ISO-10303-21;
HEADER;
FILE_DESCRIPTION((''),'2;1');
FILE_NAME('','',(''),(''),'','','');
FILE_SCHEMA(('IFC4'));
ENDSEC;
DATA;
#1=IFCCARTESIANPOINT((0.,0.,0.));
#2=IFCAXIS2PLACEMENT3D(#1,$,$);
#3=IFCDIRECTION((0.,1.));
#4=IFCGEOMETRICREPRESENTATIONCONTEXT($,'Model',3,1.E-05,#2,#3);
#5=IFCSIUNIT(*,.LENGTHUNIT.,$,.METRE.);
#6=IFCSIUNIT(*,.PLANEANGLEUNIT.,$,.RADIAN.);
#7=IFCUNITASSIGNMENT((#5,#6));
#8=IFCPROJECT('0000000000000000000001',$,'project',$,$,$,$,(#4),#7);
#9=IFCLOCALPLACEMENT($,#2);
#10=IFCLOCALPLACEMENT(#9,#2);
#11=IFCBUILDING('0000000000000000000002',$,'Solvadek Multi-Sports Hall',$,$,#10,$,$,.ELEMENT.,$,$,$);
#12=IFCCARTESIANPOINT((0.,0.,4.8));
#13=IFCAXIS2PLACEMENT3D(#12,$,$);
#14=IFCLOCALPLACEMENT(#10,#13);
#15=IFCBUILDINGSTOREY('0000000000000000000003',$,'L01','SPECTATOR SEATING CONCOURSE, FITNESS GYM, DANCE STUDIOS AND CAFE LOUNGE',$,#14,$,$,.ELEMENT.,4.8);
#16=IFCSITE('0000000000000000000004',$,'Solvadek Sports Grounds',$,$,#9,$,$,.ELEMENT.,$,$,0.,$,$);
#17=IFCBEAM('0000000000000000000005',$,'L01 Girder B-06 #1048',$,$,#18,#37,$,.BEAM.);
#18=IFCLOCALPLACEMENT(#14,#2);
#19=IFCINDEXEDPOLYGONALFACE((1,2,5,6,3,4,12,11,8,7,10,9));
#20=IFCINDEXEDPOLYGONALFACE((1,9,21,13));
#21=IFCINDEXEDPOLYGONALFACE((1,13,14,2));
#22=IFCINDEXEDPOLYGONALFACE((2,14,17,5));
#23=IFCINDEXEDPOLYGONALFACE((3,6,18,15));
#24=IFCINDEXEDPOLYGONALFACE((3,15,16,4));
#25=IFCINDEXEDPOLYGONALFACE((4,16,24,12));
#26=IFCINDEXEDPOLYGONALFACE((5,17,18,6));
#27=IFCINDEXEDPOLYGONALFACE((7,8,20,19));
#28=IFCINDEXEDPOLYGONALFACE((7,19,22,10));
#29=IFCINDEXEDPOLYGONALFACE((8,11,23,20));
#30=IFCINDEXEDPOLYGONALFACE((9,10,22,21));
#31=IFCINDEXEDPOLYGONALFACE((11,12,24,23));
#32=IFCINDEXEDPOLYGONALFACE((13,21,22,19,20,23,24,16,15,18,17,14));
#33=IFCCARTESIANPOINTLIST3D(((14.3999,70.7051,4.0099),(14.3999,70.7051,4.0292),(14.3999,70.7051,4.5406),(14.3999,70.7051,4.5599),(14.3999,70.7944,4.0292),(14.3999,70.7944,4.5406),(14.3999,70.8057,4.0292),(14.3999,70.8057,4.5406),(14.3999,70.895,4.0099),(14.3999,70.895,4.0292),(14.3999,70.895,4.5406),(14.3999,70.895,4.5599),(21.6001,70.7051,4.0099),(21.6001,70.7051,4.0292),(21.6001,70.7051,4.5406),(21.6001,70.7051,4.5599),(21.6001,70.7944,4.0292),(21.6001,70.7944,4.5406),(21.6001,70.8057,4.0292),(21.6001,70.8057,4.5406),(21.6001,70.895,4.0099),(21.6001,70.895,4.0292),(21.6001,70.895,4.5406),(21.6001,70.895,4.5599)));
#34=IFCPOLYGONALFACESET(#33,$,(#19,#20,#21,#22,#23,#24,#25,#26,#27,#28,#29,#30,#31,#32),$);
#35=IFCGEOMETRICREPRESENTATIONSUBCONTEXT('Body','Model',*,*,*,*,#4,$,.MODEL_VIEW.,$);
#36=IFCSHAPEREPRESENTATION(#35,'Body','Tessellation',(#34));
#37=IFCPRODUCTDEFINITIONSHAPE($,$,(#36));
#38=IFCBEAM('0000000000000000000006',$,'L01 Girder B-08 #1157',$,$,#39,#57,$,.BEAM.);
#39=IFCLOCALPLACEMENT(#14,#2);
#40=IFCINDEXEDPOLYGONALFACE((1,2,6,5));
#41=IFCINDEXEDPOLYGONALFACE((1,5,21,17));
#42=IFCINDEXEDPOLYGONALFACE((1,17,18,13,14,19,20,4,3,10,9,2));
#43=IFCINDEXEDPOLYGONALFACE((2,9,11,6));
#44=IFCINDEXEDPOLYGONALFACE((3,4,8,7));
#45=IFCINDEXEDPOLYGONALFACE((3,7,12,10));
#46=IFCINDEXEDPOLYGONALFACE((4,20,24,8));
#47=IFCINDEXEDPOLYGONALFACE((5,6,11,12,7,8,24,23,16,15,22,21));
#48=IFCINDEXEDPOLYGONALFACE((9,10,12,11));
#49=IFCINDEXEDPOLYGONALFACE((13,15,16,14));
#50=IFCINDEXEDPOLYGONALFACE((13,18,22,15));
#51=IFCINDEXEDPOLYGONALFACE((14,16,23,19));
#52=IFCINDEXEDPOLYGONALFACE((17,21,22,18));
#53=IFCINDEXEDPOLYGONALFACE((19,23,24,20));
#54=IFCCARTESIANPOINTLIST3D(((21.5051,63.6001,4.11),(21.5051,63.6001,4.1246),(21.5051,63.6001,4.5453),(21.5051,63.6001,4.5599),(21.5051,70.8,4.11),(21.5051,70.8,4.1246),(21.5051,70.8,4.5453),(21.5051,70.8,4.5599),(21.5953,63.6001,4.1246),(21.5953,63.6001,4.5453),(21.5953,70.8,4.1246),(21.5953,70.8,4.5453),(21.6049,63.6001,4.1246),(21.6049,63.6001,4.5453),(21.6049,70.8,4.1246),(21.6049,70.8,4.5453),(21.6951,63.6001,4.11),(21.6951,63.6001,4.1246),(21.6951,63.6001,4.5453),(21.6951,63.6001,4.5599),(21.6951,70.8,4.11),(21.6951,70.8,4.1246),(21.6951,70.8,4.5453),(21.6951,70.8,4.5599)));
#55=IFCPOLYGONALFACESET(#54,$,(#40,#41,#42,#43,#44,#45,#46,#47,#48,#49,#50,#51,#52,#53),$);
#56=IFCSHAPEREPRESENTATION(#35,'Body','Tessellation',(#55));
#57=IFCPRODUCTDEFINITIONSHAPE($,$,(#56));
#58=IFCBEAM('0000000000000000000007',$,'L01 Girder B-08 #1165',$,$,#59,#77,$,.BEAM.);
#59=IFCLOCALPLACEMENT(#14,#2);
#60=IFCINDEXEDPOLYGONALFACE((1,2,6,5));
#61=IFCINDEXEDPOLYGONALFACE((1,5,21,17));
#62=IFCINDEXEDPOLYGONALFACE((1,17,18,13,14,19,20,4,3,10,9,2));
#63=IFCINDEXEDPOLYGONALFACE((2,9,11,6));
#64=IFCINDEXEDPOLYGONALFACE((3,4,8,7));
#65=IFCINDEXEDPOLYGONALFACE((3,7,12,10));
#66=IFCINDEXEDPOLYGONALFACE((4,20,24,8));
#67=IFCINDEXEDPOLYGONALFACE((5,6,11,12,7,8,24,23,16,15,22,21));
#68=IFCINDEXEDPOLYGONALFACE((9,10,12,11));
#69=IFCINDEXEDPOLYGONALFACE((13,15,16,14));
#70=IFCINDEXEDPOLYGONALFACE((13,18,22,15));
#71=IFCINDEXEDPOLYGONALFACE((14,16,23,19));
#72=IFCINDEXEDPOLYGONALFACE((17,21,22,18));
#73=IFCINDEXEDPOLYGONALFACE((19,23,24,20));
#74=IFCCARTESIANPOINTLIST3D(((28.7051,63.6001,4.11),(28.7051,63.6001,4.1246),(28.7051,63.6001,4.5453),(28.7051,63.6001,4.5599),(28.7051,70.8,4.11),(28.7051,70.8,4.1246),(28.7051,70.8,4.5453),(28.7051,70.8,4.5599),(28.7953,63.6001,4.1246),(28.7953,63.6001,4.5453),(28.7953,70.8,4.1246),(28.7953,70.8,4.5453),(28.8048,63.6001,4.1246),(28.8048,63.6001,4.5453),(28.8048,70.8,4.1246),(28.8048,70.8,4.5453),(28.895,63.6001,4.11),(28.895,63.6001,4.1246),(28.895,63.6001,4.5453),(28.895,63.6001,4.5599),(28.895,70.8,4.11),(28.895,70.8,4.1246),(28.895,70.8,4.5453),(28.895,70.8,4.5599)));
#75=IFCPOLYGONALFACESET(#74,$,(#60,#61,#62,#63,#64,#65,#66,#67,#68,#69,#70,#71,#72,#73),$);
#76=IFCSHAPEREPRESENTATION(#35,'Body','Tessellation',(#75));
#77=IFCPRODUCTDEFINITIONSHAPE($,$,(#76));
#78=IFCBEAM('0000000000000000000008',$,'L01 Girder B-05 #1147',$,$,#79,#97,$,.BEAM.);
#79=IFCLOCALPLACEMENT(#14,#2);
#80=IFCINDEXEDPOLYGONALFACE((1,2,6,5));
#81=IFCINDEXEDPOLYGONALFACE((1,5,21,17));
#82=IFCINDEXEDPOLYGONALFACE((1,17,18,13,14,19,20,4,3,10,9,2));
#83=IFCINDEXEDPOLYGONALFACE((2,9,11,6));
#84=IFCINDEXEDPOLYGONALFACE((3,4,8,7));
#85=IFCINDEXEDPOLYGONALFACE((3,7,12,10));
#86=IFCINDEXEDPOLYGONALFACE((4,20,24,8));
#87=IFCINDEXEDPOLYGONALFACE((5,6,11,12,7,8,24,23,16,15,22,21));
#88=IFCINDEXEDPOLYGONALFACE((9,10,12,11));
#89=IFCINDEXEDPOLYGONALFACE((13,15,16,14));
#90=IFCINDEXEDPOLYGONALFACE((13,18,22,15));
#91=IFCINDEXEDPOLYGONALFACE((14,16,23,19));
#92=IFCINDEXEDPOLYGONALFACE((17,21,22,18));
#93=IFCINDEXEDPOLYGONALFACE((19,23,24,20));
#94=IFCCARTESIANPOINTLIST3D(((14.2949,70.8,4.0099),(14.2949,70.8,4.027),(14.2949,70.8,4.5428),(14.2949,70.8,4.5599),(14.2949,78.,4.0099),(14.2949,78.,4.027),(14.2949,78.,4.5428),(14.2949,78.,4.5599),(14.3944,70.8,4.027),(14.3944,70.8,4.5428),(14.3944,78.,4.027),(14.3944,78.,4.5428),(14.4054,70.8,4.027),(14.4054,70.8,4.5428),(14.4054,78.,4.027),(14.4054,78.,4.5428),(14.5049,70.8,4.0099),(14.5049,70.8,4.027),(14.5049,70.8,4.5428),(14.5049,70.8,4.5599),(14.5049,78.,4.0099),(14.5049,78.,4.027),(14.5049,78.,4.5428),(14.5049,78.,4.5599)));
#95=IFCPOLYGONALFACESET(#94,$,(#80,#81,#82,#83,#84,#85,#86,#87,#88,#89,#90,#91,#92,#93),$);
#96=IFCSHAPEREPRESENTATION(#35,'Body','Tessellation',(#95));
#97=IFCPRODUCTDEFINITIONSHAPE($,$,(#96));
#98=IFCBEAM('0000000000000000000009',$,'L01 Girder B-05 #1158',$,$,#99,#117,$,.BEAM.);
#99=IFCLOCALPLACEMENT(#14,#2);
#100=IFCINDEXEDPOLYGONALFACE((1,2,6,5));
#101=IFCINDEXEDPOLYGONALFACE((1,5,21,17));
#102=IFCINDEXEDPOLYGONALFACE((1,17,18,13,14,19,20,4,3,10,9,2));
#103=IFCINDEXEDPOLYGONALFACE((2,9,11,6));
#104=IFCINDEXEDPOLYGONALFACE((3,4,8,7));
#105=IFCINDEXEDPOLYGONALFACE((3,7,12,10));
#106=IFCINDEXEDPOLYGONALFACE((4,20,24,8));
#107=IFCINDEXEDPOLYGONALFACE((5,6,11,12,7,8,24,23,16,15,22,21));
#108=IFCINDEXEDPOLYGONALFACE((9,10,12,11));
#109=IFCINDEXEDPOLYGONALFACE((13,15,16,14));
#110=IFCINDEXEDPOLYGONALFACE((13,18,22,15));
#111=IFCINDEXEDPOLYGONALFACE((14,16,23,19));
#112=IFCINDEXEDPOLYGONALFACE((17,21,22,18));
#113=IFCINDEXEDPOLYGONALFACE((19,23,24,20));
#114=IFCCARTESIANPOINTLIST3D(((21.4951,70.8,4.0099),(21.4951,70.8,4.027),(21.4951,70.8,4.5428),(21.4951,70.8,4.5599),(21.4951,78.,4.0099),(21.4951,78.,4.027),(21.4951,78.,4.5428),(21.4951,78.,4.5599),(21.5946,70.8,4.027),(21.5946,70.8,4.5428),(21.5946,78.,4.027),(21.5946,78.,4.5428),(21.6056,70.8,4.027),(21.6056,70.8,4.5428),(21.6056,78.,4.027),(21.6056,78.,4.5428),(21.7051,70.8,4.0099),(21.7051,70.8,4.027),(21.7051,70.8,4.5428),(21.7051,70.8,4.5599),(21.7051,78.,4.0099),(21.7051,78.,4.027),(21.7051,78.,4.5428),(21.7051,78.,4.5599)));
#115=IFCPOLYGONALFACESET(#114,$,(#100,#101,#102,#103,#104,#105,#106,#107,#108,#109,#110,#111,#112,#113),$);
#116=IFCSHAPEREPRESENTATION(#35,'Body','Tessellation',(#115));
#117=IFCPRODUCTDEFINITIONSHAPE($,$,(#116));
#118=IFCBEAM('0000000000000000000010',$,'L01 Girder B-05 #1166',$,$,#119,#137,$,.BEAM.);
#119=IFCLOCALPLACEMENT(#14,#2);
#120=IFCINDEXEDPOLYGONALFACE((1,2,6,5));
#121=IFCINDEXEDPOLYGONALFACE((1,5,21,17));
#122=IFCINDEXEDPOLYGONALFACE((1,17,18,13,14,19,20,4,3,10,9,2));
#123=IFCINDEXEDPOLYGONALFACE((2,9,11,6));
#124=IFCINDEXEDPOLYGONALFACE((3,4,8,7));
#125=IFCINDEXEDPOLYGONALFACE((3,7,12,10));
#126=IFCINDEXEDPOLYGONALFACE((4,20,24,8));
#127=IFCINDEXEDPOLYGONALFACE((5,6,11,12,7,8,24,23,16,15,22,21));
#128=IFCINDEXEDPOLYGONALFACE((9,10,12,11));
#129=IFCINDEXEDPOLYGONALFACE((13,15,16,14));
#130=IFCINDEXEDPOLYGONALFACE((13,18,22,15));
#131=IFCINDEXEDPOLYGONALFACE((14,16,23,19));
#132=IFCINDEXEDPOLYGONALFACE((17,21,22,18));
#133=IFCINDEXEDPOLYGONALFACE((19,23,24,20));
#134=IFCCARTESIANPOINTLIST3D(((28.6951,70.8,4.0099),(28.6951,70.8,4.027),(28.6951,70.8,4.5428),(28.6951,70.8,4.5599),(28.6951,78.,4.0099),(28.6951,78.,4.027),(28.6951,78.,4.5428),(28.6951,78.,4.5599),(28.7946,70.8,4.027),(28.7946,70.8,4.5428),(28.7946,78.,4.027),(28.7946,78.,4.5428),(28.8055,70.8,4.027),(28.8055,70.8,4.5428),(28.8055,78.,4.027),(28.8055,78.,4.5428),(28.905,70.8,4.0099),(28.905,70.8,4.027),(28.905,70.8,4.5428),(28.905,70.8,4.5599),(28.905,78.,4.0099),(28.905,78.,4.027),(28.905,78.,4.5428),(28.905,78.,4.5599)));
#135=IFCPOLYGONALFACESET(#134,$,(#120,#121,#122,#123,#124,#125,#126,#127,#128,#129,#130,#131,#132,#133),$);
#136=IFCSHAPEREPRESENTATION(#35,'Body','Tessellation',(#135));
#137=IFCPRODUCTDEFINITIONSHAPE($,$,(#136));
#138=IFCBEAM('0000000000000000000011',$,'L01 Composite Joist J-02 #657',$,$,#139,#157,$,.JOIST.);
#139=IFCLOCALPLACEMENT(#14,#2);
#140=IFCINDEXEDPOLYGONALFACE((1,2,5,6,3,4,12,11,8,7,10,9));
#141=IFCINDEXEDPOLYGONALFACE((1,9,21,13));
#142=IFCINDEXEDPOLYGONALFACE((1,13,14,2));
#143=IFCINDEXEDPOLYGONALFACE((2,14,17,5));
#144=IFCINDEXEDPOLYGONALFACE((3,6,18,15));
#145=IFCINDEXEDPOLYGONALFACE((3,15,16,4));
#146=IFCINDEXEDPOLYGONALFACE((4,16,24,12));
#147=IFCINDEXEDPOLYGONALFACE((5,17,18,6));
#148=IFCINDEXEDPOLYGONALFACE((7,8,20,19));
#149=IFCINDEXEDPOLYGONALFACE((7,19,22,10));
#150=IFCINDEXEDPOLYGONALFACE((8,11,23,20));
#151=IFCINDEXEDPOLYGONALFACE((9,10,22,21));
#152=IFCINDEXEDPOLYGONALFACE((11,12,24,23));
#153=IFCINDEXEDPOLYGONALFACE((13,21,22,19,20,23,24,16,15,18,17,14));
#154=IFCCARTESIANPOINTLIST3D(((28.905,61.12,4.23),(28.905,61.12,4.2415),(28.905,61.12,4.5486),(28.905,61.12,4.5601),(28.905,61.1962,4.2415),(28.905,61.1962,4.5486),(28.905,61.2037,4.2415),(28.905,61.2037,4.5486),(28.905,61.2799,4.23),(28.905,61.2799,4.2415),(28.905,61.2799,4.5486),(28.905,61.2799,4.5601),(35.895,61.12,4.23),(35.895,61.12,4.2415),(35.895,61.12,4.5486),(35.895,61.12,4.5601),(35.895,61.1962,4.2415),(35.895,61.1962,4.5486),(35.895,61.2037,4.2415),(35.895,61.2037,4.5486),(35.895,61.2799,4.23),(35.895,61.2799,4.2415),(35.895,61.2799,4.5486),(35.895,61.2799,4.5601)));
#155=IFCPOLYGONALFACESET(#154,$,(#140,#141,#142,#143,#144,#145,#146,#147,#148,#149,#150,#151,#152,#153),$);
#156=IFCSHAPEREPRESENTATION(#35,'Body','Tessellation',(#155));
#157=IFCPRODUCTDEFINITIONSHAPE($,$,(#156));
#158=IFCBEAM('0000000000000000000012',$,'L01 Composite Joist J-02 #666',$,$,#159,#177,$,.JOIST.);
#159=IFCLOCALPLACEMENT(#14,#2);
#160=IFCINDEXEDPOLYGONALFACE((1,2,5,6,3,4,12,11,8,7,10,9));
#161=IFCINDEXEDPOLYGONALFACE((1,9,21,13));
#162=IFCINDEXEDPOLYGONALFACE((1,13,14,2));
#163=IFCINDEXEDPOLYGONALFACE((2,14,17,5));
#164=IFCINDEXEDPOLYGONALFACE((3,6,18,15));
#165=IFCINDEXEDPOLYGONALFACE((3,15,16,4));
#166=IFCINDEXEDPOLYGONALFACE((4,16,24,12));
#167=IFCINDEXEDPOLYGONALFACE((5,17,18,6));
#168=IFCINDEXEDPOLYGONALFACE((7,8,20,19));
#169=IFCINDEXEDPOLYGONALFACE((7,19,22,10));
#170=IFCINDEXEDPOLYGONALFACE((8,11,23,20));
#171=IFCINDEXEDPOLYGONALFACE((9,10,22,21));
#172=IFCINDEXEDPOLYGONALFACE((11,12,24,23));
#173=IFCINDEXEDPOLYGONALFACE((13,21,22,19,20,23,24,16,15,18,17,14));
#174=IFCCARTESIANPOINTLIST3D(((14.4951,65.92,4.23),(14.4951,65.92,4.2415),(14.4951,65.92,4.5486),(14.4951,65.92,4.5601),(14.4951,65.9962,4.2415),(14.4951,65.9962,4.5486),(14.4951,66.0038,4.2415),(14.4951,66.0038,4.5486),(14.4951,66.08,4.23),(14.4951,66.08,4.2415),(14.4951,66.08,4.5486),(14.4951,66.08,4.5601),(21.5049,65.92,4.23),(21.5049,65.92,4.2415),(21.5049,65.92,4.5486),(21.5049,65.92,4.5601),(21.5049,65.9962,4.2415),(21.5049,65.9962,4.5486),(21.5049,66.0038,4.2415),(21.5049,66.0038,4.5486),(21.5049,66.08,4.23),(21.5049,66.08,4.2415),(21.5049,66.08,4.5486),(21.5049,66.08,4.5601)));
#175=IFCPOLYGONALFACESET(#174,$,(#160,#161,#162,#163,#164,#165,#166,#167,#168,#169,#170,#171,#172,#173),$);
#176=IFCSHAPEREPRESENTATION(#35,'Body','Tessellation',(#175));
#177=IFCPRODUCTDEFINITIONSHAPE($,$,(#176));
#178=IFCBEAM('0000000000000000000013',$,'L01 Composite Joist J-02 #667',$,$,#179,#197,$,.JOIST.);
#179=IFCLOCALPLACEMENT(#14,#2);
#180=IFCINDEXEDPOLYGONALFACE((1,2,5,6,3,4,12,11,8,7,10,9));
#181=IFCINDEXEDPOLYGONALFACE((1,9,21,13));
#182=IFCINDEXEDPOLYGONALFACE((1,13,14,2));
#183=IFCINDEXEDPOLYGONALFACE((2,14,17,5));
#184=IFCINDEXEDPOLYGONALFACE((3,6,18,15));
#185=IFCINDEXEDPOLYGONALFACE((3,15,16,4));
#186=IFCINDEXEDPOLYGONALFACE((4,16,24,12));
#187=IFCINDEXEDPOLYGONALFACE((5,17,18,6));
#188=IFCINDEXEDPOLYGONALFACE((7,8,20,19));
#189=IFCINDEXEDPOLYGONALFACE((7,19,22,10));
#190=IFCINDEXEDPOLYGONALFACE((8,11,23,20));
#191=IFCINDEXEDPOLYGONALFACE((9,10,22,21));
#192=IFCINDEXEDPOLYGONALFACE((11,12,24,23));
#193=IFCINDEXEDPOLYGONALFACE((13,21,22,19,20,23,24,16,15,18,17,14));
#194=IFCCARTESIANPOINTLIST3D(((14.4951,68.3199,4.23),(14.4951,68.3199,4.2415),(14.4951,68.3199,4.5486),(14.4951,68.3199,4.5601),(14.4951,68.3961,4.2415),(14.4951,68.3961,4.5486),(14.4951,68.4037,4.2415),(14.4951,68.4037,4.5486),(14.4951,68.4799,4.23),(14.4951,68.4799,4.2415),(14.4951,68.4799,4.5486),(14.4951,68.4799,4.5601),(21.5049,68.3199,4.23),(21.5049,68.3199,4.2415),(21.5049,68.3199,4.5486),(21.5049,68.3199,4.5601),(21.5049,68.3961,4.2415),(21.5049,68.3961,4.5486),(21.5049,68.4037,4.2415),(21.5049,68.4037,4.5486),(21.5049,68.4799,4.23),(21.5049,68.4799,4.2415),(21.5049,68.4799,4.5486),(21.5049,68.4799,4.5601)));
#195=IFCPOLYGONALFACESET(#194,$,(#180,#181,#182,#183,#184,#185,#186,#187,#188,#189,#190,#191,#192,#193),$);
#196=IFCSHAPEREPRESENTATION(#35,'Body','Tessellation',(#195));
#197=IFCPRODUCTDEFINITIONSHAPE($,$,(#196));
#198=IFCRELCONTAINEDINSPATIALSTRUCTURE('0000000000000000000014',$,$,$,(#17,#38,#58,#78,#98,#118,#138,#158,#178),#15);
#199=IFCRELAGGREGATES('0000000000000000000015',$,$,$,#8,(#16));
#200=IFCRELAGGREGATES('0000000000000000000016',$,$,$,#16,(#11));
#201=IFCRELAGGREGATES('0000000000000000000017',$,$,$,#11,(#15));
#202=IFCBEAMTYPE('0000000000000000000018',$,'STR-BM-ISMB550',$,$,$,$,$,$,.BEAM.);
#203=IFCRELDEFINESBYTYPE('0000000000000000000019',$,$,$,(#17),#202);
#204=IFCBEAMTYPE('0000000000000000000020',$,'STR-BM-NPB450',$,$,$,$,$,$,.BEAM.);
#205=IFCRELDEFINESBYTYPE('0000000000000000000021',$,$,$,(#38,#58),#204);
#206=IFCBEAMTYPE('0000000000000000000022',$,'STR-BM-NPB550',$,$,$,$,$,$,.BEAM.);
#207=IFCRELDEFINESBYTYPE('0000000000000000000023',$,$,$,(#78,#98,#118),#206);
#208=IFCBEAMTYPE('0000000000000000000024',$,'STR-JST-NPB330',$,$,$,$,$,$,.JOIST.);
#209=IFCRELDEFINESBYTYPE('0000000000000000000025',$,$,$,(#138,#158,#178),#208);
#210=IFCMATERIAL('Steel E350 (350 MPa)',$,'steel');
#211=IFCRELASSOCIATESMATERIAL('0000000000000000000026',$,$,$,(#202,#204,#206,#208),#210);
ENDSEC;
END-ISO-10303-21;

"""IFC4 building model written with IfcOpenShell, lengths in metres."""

from ifc_helpers import new_model, si_unit, direction, frame, origin, origin_2d, place, context, subcontext, project, spatial, i_section, extrude, material, material_profile, profile_set, type_object, element, save


model = new_model("IFC4")

# Units and contexts
model_context = context("Model", 3, precision=1e-05, world=origin(), true_north=direction((0.0, 1.0)))
body_context = subcontext(model_context, "Body", "Model", "MODEL_VIEW")
ifc_project = project(units=[si_unit("LENGTHUNIT", "METRE"), si_unit("PLANEANGLEUNIT", "RADIAN")], contexts=[model_context])

# Site, building, storey
site_placement = place(None, origin())
site = spatial("IfcSite", under=ifc_project, at=site_placement, Name="Solvadek Sports Grounds", CompositionType="ELEMENT", RefElevation=0.0)
building_placement = place(site_placement, origin())
building = spatial("IfcBuilding", under=site, at=building_placement, Name="Solvadek Multi-Sports Hall", CompositionType="ELEMENT")
storey_placement = place(building_placement, frame((0.0, 0.0, 4.8)))
storey = spatial("IfcBuildingStorey", under=building, at=storey_placement, Name="L01", Description="SPECTATOR SEATING CONCOURSE, FITNESS GYM, DANCE STUDIOS AND CAFE LOUNGE", CompositionType="ELEMENT", Elevation=4.8)

# Shared definitions
ifc_material_1 = material(Name="Steel E350 (350 MPa)", Category="steel")

# Beams
ifc_material_profile_1 = material_profile(ifc_material_1, i_section(OverallWidth=0.1899, OverallDepth=0.55, WebThickness=0.0112, FlangeThickness=0.0193, at=origin_2d()), Name="ISMB 550")
ifc_profile_set_1 = profile_set([ifc_material_profile_1], Name="Steel E350 (350 MPa)")
beam_type_1 = type_object("IfcBeamType", Name="STR-BM-ISMB550", PredefinedType="BEAM", material=ifc_profile_set_1)
beam_1_placement = place(storey_placement, frame((14.3999, 70.8, 4.2849), z_axis=(1.0, 0.0, 0.0), x_axis=(0.0, 1.0, 0.0)))
element("IfcBeam", 1, at=beam_1_placement, inside=storey, type_object=beam_type_1, Name="L01 Girder B-06 #1048", PredefinedType="BEAM", context=body_context, shape_type="SweptSolid", body=[
    extrude(i_section(OverallWidth=0.1899, OverallDepth=0.55, WebThickness=0.0112, FlangeThickness=0.0193, at=origin_2d()), origin(), (0.0, 0.0, 1.0), 7.2002),
])
ifc_material_profile_2 = material_profile(ifc_material_1, i_section(OverallWidth=0.1899, OverallDepth=0.45, WebThickness=0.0095, FlangeThickness=0.0146, at=origin_2d()), Name="NPB 450")
ifc_profile_set_2 = profile_set([ifc_material_profile_2], Name="Steel E350 (350 MPa)")
beam_type_2 = type_object("IfcBeamType", Name="STR-BM-NPB450", PredefinedType="BEAM", material=ifc_profile_set_2)
for number, where, z_axis, x_axis, name in (
    (2, (21.6001, 63.6001, 4.335), (0.0, 1.0, 0.0), (-1.0, 0.0, 0.0), "L01 Girder B-08 #1157"),
    (3, (28.8, 63.6001, 4.335), (0.0, 1.0, 0.0), (-1.0, 0.0, 0.0), "L01 Girder B-08 #1165"),
):
    element("IfcBeam", number, at=place(storey_placement, frame(where, z_axis=z_axis, x_axis=x_axis)), inside=storey, type_object=beam_type_2, Name=name, PredefinedType="BEAM", context=body_context, shape_type="SweptSolid", body=[
        extrude(i_section(OverallWidth=0.1899, OverallDepth=0.45, WebThickness=0.0095, FlangeThickness=0.0146, at=origin_2d()), origin(), (0.0, 0.0, 1.0), 7.2),
    ])
ifc_material_profile_3 = material_profile(ifc_material_1, i_section(OverallWidth=0.21, OverallDepth=0.55, WebThickness=0.011, FlangeThickness=0.0171, at=origin_2d()), Name="NPB 550")
ifc_profile_set_3 = profile_set([ifc_material_profile_3], Name="Steel E350 (350 MPa)")
beam_type_3 = type_object("IfcBeamType", Name="STR-BM-NPB550", PredefinedType="BEAM", material=ifc_profile_set_3)
for number, where, z_axis, x_axis, name in (
    (4, (14.3999, 70.8, 4.2849), (0.0, 1.0, 0.0), (-1.0, 0.0, 0.0), "L01 Girder B-05 #1147"),
    (5, (21.6001, 70.8, 4.2849), (0.0, 1.0, 0.0), (-1.0, 0.0, 0.0), "L01 Girder B-05 #1158"),
    (6, (28.8, 70.8, 4.2849), (0.0, 1.0, 0.0), (-1.0, 0.0, 0.0), "L01 Girder B-05 #1166"),
):
    element("IfcBeam", number, at=place(storey_placement, frame(where, z_axis=z_axis, x_axis=x_axis)), inside=storey, type_object=beam_type_3, Name=name, PredefinedType="BEAM", context=body_context, shape_type="SweptSolid", body=[
        extrude(i_section(OverallWidth=0.21, OverallDepth=0.55, WebThickness=0.011, FlangeThickness=0.0171, at=origin_2d()), origin(), (0.0, 0.0, 1.0), 7.2),
    ])
ifc_material_profile_4 = material_profile(ifc_material_1, i_section(OverallWidth=0.1599, OverallDepth=0.3301, WebThickness=0.0076, FlangeThickness=0.0115, at=origin_2d()), Name="NPB 330")
ifc_profile_set_4 = profile_set([ifc_material_profile_4], Name="Steel E350 (350 MPa)")
beam_type_4 = type_object("IfcBeamType", Name="STR-JST-NPB330", PredefinedType="JOIST", material=ifc_profile_set_4)
beam_2_placement = place(storey_placement, frame((28.905, 61.2, 4.395), z_axis=(1.0, 0.0, 0.0), x_axis=(0.0, 1.0, 0.0)))
element("IfcBeam", 7, at=beam_2_placement, inside=storey, type_object=beam_type_4, Name="L01 Composite Joist J-02 #657", PredefinedType="JOIST", context=body_context, shape_type="SweptSolid", body=[
    extrude(i_section(OverallWidth=0.1599, OverallDepth=0.3301, WebThickness=0.0076, FlangeThickness=0.0115, at=origin_2d()), origin(), (0.0, 0.0, 1.0), 6.99),
])
for number, where, z_axis, x_axis, name in (
    (8, (14.4951, 66.0, 4.395), (1.0, 0.0, 0.0), (0.0, 1.0, 0.0), "L01 Composite Joist J-02 #666"),
    (9, (14.4951, 68.3999, 4.395), (1.0, 0.0, 0.0), (0.0, 1.0, 0.0), "L01 Composite Joist J-02 #667"),
):
    element("IfcBeam", number, at=place(storey_placement, frame(where, z_axis=z_axis, x_axis=x_axis)), inside=storey, type_object=beam_type_4, Name=name, PredefinedType="JOIST", context=body_context, shape_type="SweptSolid", body=[
        extrude(i_section(OverallWidth=0.1599, OverallDepth=0.3301, WebThickness=0.0076, FlangeThickness=0.0115, at=origin_2d()), origin(), (0.0, 0.0, 1.0), 7.0098),
    ])

save(model, "model.ifc")
